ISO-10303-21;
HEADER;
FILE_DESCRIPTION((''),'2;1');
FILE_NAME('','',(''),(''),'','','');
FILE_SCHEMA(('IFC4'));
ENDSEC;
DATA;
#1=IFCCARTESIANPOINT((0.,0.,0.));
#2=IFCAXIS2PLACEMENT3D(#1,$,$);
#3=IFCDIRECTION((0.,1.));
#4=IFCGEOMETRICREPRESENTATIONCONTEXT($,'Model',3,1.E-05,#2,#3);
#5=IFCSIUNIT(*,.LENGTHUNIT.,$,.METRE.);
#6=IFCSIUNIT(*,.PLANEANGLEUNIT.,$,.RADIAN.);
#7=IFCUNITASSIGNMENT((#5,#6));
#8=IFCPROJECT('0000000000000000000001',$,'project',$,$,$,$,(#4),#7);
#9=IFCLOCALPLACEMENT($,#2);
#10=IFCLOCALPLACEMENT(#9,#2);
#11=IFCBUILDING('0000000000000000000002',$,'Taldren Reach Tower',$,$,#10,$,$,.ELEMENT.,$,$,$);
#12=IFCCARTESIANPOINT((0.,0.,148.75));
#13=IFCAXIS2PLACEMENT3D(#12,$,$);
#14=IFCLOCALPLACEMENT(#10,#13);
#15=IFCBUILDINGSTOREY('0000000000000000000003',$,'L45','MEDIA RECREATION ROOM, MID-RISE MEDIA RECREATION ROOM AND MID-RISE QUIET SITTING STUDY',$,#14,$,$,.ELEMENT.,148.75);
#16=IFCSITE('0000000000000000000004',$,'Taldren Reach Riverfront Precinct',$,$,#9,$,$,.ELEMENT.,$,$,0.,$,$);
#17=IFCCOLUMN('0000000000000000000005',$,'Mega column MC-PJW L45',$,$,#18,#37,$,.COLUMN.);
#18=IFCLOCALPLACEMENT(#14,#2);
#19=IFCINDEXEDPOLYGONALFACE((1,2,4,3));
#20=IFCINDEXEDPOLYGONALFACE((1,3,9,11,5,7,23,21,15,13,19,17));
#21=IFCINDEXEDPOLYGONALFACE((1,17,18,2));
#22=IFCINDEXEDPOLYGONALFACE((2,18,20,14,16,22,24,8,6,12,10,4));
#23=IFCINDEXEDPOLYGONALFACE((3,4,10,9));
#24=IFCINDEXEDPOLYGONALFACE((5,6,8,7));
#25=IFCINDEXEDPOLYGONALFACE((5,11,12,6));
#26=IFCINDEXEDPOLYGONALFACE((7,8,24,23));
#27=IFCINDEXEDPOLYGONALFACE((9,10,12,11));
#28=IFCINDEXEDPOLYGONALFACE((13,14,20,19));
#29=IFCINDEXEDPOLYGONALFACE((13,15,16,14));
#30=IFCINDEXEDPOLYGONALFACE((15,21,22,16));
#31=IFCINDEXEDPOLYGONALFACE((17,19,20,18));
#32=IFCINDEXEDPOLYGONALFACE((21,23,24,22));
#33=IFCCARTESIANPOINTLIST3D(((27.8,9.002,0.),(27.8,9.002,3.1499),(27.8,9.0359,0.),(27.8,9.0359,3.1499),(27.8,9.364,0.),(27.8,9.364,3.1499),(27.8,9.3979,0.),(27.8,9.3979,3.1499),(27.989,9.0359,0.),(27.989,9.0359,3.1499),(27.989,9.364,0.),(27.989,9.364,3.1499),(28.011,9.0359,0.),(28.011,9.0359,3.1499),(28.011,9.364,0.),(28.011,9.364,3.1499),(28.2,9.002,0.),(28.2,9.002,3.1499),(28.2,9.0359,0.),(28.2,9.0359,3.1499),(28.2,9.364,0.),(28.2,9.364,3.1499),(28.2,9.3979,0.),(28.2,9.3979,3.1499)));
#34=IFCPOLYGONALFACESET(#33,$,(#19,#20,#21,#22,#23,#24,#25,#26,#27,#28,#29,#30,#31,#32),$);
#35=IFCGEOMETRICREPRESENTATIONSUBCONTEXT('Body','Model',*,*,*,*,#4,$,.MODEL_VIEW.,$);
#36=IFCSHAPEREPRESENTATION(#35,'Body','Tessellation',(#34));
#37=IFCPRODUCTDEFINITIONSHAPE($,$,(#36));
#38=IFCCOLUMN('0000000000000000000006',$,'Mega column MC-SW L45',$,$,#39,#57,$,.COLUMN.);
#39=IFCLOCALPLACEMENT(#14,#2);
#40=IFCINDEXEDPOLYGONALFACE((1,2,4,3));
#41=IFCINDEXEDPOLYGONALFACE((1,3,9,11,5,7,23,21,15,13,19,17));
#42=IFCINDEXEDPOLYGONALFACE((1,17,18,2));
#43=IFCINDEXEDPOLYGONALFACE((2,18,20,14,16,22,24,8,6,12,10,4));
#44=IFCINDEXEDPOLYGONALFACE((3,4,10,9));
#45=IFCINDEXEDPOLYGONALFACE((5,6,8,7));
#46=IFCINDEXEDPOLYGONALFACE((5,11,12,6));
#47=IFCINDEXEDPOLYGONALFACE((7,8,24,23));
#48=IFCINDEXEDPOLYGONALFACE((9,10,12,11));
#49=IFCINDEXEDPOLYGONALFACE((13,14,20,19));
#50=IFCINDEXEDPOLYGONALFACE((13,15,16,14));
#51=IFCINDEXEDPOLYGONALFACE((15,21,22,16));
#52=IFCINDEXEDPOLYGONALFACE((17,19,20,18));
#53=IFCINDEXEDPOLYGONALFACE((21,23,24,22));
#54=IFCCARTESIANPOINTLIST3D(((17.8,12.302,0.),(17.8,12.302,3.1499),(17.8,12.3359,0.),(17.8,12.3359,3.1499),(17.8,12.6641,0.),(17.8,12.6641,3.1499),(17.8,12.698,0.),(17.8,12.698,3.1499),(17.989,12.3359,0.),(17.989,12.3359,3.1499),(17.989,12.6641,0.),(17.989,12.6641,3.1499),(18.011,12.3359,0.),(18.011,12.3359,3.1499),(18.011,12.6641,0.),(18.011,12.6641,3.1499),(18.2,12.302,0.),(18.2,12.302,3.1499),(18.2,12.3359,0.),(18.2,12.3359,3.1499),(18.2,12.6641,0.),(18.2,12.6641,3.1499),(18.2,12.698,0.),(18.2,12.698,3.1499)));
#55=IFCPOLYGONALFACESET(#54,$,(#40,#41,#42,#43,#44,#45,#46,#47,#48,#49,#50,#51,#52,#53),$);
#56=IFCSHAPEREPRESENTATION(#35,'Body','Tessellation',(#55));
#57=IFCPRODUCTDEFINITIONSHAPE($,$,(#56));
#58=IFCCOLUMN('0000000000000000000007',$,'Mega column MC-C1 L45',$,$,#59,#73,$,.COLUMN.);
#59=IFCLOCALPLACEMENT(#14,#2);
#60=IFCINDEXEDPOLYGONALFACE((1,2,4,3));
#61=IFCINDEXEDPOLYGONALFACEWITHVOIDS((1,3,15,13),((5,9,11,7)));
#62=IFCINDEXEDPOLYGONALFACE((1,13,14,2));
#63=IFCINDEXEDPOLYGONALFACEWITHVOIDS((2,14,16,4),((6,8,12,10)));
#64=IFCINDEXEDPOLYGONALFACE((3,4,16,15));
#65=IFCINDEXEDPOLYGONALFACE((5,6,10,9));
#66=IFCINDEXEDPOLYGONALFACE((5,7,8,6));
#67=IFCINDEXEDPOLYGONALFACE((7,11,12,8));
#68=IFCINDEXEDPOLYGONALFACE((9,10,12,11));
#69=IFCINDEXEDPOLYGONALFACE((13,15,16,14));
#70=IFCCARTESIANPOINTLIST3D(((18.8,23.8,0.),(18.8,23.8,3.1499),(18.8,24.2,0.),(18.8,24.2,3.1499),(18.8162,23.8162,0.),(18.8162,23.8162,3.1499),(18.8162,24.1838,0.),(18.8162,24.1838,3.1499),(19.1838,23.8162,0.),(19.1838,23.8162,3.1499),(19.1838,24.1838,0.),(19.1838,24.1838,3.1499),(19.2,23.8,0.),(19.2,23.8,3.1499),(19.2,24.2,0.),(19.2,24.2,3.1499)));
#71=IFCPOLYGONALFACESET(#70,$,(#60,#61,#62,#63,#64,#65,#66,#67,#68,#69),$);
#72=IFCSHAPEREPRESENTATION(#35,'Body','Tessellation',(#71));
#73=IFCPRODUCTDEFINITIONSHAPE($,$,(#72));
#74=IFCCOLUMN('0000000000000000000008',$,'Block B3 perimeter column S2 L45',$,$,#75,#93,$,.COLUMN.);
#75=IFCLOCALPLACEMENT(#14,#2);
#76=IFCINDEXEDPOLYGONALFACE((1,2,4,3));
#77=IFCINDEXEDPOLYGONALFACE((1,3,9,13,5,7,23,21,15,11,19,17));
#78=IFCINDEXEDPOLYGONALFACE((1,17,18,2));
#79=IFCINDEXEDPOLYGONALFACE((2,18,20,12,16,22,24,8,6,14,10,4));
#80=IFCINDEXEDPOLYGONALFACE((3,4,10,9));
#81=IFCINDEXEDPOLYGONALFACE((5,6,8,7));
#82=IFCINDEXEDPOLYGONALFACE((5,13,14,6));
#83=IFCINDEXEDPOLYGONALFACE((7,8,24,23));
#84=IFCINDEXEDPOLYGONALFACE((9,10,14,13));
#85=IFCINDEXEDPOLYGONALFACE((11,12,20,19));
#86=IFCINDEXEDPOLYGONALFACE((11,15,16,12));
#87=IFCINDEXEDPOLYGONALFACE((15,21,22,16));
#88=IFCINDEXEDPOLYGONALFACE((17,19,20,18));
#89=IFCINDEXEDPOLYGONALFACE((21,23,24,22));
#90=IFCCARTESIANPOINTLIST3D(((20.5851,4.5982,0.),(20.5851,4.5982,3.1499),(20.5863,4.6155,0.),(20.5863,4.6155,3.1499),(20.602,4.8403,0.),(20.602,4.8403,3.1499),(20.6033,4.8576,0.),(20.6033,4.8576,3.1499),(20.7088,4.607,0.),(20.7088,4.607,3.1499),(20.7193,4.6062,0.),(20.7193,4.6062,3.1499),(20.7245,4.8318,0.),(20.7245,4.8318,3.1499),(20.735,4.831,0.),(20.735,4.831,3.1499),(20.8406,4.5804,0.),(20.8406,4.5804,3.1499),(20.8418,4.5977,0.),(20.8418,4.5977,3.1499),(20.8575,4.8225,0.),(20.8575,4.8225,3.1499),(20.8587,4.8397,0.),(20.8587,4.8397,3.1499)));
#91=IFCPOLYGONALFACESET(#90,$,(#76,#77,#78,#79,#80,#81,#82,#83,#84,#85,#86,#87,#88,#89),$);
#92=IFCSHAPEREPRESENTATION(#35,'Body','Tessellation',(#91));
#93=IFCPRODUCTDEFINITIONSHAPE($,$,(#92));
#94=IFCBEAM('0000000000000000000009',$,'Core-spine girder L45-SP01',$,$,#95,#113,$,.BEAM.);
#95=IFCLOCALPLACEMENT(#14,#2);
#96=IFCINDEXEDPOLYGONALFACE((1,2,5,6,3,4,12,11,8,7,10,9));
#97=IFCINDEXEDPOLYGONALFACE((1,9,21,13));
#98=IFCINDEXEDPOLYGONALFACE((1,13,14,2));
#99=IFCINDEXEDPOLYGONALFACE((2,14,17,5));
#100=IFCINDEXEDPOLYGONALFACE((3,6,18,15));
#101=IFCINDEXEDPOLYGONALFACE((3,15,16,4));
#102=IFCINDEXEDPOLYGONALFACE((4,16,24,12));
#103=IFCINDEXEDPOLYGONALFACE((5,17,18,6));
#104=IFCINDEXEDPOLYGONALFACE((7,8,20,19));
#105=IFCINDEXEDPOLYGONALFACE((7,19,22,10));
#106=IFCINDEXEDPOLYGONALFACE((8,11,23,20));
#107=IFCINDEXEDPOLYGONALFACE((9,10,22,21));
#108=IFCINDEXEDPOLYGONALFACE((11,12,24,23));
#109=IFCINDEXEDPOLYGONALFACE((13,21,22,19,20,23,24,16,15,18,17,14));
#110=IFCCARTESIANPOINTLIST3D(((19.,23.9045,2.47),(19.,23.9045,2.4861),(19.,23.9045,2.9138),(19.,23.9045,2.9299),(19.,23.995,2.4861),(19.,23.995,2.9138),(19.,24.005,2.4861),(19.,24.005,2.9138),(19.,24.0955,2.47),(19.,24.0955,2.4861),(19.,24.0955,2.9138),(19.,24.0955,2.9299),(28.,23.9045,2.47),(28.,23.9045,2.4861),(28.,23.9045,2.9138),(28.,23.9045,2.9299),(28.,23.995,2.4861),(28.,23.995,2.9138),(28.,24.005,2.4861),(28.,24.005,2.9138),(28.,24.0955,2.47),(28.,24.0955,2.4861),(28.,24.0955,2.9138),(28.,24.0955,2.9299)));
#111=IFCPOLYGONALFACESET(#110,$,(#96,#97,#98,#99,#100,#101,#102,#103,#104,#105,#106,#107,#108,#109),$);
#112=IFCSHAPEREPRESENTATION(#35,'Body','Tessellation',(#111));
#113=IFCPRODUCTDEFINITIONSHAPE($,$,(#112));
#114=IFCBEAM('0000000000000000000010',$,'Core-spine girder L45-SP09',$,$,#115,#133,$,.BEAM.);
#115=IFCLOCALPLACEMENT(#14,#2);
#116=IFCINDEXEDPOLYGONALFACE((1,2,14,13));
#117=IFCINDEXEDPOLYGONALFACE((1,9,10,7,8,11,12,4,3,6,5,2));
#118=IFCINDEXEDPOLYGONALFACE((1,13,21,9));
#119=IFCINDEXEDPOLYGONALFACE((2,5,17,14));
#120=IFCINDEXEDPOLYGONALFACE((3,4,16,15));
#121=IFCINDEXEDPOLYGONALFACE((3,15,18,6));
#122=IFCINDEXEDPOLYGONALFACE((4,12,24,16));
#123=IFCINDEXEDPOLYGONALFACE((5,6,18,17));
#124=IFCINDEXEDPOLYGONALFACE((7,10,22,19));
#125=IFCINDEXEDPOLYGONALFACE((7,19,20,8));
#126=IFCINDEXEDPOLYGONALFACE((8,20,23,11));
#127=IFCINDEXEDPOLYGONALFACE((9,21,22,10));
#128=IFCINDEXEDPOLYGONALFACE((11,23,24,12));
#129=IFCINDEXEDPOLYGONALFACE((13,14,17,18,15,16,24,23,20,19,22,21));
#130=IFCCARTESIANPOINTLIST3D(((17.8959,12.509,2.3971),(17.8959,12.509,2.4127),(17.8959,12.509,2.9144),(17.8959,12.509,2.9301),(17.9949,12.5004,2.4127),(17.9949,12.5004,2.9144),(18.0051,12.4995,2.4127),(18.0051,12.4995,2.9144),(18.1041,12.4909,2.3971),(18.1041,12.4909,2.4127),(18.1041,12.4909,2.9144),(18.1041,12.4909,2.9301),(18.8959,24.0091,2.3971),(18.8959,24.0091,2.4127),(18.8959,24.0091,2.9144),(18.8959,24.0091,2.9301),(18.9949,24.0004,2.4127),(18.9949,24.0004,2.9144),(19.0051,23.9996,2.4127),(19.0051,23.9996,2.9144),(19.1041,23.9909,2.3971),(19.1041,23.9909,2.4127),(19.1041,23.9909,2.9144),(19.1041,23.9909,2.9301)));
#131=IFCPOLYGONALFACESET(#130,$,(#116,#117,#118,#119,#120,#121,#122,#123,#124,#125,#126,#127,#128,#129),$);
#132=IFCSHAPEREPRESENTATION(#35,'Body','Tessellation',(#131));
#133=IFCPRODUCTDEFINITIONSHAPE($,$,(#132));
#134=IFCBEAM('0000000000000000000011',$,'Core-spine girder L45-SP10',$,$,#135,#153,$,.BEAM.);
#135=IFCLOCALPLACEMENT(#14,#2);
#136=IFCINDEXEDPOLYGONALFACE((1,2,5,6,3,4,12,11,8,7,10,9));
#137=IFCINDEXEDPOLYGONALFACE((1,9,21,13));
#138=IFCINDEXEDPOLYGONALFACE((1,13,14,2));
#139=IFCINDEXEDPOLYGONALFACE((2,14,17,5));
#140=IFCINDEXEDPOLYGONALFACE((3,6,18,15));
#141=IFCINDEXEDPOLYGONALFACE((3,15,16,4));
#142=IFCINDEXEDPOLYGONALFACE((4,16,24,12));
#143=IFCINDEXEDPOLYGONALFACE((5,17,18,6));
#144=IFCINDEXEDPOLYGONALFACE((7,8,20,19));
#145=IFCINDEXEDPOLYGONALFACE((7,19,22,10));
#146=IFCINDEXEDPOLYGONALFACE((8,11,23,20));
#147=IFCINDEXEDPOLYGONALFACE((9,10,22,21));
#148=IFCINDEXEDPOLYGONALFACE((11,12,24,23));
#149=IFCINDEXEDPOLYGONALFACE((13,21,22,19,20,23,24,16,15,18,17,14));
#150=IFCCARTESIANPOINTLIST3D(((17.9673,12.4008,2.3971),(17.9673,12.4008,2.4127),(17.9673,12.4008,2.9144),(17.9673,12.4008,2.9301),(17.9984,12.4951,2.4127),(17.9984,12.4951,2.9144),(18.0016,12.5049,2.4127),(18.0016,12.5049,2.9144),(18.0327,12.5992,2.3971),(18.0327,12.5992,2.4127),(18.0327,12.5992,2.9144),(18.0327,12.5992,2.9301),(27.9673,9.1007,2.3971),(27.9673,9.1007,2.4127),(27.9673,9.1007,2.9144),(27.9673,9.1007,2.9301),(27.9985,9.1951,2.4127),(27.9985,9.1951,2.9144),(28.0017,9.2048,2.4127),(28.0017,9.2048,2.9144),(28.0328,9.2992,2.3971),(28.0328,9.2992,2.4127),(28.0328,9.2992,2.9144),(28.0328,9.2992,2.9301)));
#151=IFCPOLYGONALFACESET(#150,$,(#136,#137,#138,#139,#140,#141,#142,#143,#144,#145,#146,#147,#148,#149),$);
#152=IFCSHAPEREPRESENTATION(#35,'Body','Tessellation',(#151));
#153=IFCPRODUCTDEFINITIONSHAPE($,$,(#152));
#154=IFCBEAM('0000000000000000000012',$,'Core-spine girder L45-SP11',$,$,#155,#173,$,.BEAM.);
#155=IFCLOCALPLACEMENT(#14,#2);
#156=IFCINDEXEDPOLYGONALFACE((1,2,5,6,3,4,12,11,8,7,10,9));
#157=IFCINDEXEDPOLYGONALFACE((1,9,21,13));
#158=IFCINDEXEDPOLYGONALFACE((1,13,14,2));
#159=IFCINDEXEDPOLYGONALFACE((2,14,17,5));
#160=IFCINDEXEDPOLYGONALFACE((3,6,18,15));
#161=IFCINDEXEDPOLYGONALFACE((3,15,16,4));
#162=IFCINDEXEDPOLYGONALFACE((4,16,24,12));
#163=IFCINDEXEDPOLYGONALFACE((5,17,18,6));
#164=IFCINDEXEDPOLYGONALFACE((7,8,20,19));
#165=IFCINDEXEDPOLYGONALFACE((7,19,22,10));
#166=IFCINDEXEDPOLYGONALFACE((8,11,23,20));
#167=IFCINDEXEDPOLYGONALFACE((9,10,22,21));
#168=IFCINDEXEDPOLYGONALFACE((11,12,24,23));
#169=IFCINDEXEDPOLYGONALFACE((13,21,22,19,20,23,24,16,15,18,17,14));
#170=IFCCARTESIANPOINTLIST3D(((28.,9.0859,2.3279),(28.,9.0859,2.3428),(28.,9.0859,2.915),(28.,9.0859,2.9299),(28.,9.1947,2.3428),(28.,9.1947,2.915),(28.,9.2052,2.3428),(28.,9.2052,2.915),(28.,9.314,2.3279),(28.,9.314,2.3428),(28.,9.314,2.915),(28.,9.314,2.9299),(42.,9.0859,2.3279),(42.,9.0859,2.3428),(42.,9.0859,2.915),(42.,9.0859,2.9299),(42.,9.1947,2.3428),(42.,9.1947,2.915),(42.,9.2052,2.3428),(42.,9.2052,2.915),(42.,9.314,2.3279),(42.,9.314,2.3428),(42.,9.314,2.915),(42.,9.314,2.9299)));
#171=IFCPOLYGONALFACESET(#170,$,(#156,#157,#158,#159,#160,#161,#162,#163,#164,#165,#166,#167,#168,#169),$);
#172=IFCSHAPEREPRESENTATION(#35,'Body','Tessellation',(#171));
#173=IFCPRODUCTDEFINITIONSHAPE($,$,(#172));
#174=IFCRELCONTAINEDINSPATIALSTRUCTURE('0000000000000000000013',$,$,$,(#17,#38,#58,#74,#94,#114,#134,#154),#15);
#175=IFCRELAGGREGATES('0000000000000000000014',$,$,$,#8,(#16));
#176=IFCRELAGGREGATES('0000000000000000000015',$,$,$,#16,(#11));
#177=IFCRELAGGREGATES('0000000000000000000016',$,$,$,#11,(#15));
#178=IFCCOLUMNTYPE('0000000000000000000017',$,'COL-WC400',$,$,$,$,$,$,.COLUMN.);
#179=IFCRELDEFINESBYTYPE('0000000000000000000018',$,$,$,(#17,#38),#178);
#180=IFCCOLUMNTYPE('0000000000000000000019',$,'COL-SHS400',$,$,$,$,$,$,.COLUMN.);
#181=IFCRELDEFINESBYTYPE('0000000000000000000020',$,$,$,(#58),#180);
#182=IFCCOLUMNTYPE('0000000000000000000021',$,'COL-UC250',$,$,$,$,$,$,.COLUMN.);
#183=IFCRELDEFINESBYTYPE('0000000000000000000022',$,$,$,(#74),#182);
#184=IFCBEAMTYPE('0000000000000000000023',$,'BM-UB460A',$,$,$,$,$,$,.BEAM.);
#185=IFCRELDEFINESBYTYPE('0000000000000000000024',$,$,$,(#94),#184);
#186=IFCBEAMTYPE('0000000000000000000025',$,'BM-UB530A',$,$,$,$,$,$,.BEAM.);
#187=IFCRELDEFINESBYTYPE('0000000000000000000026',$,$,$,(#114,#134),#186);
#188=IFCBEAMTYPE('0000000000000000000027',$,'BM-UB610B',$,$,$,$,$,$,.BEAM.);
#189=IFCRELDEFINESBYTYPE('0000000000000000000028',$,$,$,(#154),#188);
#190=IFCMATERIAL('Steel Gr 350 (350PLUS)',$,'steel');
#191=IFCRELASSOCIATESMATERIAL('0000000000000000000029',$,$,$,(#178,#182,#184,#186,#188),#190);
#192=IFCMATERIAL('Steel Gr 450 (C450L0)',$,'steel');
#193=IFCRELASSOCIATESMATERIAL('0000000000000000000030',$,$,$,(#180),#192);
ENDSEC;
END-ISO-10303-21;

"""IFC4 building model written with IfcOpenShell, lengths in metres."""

from ifc_helpers import new_model, si_unit, direction, frame, origin, origin_2d, place, context, subcontext, project, spatial, hollow_rectangle, i_section, extrude, source, transform, mapped, material, material_profile, profile_set, type_object, element, save


model = new_model("IFC4")

# Units and contexts
model_context = context("Model", 3, precision=1e-05, world=origin(), true_north=direction((0.0, 1.0)))
body_context = subcontext(model_context, "Body", "Model", "MODEL_VIEW")
ifc_project = project(units=[si_unit("LENGTHUNIT", "METRE"), si_unit("PLANEANGLEUNIT", "RADIAN")], contexts=[model_context])

# Site, building, storey
site_placement = place(None, origin())
site = spatial("IfcSite", under=ifc_project, at=site_placement, Name="Taldren Reach Riverfront Precinct", CompositionType="ELEMENT", RefElevation=0.0)
building_placement = place(site_placement, origin())
building = spatial("IfcBuilding", under=site, at=building_placement, Name="Taldren Reach Tower", CompositionType="ELEMENT")
storey_placement = place(building_placement, frame((0.0, 0.0, 148.75)))
storey = spatial("IfcBuildingStorey", under=building, at=storey_placement, Name="L45", Description="MEDIA RECREATION ROOM, MID-RISE MEDIA RECREATION ROOM AND MID-RISE QUIET SITTING STUDY", CompositionType="ELEMENT", Elevation=148.75)

# Columns
ifc_material_1 = material(Name="Steel Gr 350 (350PLUS)", Category="steel")
ifc_material_profile_1 = material_profile(ifc_material_1, i_section(OverallWidth=0.3999, OverallDepth=0.396, WebThickness=0.022, FlangeThickness=0.0339, at=origin_2d()), Name="400WC270")
ifc_profile_set_1 = profile_set([ifc_material_profile_1], Name="Steel Gr 350 (350PLUS)")
column_type_1 = type_object("IfcColumnType", Name="COL-WC400", PredefinedType="COLUMN", material=ifc_profile_set_1)
shared_shape_1 = source(origin(), body_context, "Body", "SweptSolid", [
    extrude(i_section(OverallWidth=0.3999, OverallDepth=0.396, WebThickness=0.022, FlangeThickness=0.0339, at=origin_2d()), origin(), (0.0, 0.0, 1.0), 3.1499),
])
for number, where, z_axis, x_axis, name in (
    (1, (28.0, 9.2, 0.0), (0.0, 0.0, 1.0), (1.0, 0.0, 0.0), "Mega column MC-PJW L45"),
    (2, (18.0, 12.5, 0.0), (0.0, 0.0, 1.0), (1.0, 0.0, 0.0), "Mega column MC-SW L45"),
):
    element("IfcColumn", number, at=place(storey_placement, frame(where, z_axis=z_axis, x_axis=x_axis)), inside=storey, type_object=column_type_1, Name=name, PredefinedType="COLUMN", context=body_context, shape_type="MappedRepresentation", body=[
        mapped(shared_shape_1, transform((0.0, 0.0, 0.0), scale=1.0)),
    ])
ifc_material_2 = material(Name="Steel Gr 450 (C450L0)", Category="steel")
ifc_material_profile_2 = material_profile(ifc_material_2, hollow_rectangle(XDim=0.3999, YDim=0.3999, WallThickness=0.0161, at=origin_2d()), Name="400x400x16.0SHS")
ifc_profile_set_2 = profile_set([ifc_material_profile_2], Name="Steel Gr 450 (C450L0)")
column_type_2 = type_object("IfcColumnType", Name="COL-SHS400", PredefinedType="COLUMN", material=ifc_profile_set_2)
shared_shape_2 = source(origin(), body_context, "Body", "SweptSolid", [
    extrude(hollow_rectangle(XDim=0.3999, YDim=0.3999, WallThickness=0.0161, at=origin_2d()), origin(), (0.0, 0.0, 1.0), 3.1499),
])
column_1_placement = place(storey_placement, frame((19.0, 24.0, 0.0), z_axis=(0.0, 0.0, 1.0), x_axis=(1.0, 0.0, 0.0)))
element("IfcColumn", 3, at=column_1_placement, inside=storey, type_object=column_type_2, Name="Mega column MC-C1 L45", PredefinedType="COLUMN", context=body_context, shape_type="MappedRepresentation", body=[
    mapped(shared_shape_2, transform((0.0, 0.0, 0.0), scale=1.0)),
])
ifc_material_profile_3 = material_profile(ifc_material_1, i_section(OverallWidth=0.2561, OverallDepth=0.26, WebThickness=0.0105, FlangeThickness=0.0173, at=origin_2d()), Name="250UC89.5")
ifc_profile_set_3 = profile_set([ifc_material_profile_3], Name="Steel Gr 350 (350PLUS)")
column_type_3 = type_object("IfcColumnType", Name="COL-UC250", PredefinedType="COLUMN", material=ifc_profile_set_3)
shared_shape_3 = source(origin(), body_context, "Body", "SweptSolid", [
    extrude(i_section(OverallWidth=0.2561, OverallDepth=0.26, WebThickness=0.0105, FlangeThickness=0.0173, at=origin_2d()), origin(), (0.0, 0.0, 1.0), 3.1499),
])
column_2_placement = place(storey_placement, frame((20.7219, 4.719, 0.0), z_axis=(0.0, 0.0, 1.0), x_axis=(0.997564, -0.069756, 0.0)))
element("IfcColumn", 4, at=column_2_placement, inside=storey, type_object=column_type_3, Name="Block B3 perimeter column S2 L45", PredefinedType="COLUMN", context=body_context, shape_type="MappedRepresentation", body=[
    mapped(shared_shape_3, transform((0.0, 0.0, 0.0), scale=1.0)),
])

# Beams
ifc_material_profile_4 = material_profile(ifc_material_1, i_section(OverallWidth=0.1909, OverallDepth=0.46, WebThickness=0.01, FlangeThickness=0.0161, at=origin_2d()), Name="460UB82.1")
ifc_profile_set_4 = profile_set([ifc_material_profile_4], Name="Steel Gr 350 (350PLUS)")
beam_type_1 = type_object("IfcBeamType", Name="BM-UB460A", PredefinedType="BEAM", material=ifc_profile_set_4)
shared_shape_4 = source(origin(), body_context, "Body", "SweptSolid", [
    extrude(i_section(OverallWidth=0.1909, OverallDepth=0.46, WebThickness=0.01, FlangeThickness=0.0161, at=origin_2d()), origin(), (0.0, 0.0, 1.0), 9.0),
])
beam_1_placement = place(storey_placement, frame((19.0, 24.0, 2.7), z_axis=(1.0, 0.0, 0.0), x_axis=(0.0, 1.0, 0.0)))
element("IfcBeam", 5, at=beam_1_placement, inside=storey, type_object=beam_type_1, Name="Core-spine girder L45-SP01", PredefinedType="BEAM", context=body_context, shape_type="MappedRepresentation", body=[
    mapped(shared_shape_4, transform((0.0, 0.0, 0.0), scale=1.0)),
])
ifc_material_profile_5 = material_profile(ifc_material_1, i_section(OverallWidth=0.209, OverallDepth=0.533, WebThickness=0.0103, FlangeThickness=0.0156, at=origin_2d()), Name="530UB92.4")
ifc_profile_set_5 = profile_set([ifc_material_profile_5], Name="Steel Gr 350 (350PLUS)")
beam_type_2 = type_object("IfcBeamType", Name="BM-UB530A", PredefinedType="BEAM", material=ifc_profile_set_5)
shared_shape_5 = source(origin(), body_context, "Body", "SweptSolid", [
    extrude(i_section(OverallWidth=0.209, OverallDepth=0.533, WebThickness=0.0103, FlangeThickness=0.0156, at=origin_2d()), origin(), (0.0, 0.0, 1.0), 11.5435),
])
beam_2_placement = place(storey_placement, frame((19.0, 24.0, 2.6636), z_axis=(-0.08663, -0.996241, 0.0), x_axis=(0.996241, -0.08663, 0.0)))
element("IfcBeam", 6, at=beam_2_placement, inside=storey, type_object=beam_type_2, Name="Core-spine girder L45-SP09", PredefinedType="BEAM", context=body_context, shape_type="MappedRepresentation", body=[
    mapped(shared_shape_5, transform((0.0, 0.0, 0.0), scale=1.0)),
])
shared_shape_6 = source(origin(), body_context, "Body", "SweptSolid", [
    extrude(i_section(OverallWidth=0.209, OverallDepth=0.533, WebThickness=0.0103, FlangeThickness=0.0156, at=origin_2d()), origin(), (0.0, 0.0, 1.0), 10.5305),
])
beam_3_placement = place(storey_placement, frame((18.0, 12.5, 2.6636), z_axis=(0.949627, -0.313382, 0.0), x_axis=(0.313382, 0.949627, 0.0)))
element("IfcBeam", 7, at=beam_3_placement, inside=storey, type_object=beam_type_2, Name="Core-spine girder L45-SP10", PredefinedType="BEAM", context=body_context, shape_type="MappedRepresentation", body=[
    mapped(shared_shape_6, transform((0.0, 0.0, 0.0), scale=1.0)),
])
ifc_material_profile_6 = material_profile(ifc_material_1, i_section(OverallWidth=0.228, OverallDepth=0.6021, WebThickness=0.0105, FlangeThickness=0.0149, at=origin_2d()), Name="610UB101")
ifc_profile_set_6 = profile_set([ifc_material_profile_6], Name="Steel Gr 350 (350PLUS)")
beam_type_3 = type_object("IfcBeamType", Name="BM-UB610B", PredefinedType="BEAM", material=ifc_profile_set_6)
shared_shape_7 = source(origin(), body_context, "Body", "SweptSolid", [
    extrude(i_section(OverallWidth=0.228, OverallDepth=0.6021, WebThickness=0.0105, FlangeThickness=0.0149, at=origin_2d()), origin(), (0.0, 0.0, 1.0), 14.0),
])
beam_4_placement = place(storey_placement, frame((28.0, 9.2, 2.6289), z_axis=(1.0, 0.0, 0.0), x_axis=(0.0, 1.0, 0.0)))
element("IfcBeam", 8, at=beam_4_placement, inside=storey, type_object=beam_type_3, Name="Core-spine girder L45-SP11", PredefinedType="BEAM", context=body_context, shape_type="MappedRepresentation", body=[
    mapped(shared_shape_7, transform((0.0, 0.0, 0.0), scale=1.0)),
])

save(model, "model.ifc")
